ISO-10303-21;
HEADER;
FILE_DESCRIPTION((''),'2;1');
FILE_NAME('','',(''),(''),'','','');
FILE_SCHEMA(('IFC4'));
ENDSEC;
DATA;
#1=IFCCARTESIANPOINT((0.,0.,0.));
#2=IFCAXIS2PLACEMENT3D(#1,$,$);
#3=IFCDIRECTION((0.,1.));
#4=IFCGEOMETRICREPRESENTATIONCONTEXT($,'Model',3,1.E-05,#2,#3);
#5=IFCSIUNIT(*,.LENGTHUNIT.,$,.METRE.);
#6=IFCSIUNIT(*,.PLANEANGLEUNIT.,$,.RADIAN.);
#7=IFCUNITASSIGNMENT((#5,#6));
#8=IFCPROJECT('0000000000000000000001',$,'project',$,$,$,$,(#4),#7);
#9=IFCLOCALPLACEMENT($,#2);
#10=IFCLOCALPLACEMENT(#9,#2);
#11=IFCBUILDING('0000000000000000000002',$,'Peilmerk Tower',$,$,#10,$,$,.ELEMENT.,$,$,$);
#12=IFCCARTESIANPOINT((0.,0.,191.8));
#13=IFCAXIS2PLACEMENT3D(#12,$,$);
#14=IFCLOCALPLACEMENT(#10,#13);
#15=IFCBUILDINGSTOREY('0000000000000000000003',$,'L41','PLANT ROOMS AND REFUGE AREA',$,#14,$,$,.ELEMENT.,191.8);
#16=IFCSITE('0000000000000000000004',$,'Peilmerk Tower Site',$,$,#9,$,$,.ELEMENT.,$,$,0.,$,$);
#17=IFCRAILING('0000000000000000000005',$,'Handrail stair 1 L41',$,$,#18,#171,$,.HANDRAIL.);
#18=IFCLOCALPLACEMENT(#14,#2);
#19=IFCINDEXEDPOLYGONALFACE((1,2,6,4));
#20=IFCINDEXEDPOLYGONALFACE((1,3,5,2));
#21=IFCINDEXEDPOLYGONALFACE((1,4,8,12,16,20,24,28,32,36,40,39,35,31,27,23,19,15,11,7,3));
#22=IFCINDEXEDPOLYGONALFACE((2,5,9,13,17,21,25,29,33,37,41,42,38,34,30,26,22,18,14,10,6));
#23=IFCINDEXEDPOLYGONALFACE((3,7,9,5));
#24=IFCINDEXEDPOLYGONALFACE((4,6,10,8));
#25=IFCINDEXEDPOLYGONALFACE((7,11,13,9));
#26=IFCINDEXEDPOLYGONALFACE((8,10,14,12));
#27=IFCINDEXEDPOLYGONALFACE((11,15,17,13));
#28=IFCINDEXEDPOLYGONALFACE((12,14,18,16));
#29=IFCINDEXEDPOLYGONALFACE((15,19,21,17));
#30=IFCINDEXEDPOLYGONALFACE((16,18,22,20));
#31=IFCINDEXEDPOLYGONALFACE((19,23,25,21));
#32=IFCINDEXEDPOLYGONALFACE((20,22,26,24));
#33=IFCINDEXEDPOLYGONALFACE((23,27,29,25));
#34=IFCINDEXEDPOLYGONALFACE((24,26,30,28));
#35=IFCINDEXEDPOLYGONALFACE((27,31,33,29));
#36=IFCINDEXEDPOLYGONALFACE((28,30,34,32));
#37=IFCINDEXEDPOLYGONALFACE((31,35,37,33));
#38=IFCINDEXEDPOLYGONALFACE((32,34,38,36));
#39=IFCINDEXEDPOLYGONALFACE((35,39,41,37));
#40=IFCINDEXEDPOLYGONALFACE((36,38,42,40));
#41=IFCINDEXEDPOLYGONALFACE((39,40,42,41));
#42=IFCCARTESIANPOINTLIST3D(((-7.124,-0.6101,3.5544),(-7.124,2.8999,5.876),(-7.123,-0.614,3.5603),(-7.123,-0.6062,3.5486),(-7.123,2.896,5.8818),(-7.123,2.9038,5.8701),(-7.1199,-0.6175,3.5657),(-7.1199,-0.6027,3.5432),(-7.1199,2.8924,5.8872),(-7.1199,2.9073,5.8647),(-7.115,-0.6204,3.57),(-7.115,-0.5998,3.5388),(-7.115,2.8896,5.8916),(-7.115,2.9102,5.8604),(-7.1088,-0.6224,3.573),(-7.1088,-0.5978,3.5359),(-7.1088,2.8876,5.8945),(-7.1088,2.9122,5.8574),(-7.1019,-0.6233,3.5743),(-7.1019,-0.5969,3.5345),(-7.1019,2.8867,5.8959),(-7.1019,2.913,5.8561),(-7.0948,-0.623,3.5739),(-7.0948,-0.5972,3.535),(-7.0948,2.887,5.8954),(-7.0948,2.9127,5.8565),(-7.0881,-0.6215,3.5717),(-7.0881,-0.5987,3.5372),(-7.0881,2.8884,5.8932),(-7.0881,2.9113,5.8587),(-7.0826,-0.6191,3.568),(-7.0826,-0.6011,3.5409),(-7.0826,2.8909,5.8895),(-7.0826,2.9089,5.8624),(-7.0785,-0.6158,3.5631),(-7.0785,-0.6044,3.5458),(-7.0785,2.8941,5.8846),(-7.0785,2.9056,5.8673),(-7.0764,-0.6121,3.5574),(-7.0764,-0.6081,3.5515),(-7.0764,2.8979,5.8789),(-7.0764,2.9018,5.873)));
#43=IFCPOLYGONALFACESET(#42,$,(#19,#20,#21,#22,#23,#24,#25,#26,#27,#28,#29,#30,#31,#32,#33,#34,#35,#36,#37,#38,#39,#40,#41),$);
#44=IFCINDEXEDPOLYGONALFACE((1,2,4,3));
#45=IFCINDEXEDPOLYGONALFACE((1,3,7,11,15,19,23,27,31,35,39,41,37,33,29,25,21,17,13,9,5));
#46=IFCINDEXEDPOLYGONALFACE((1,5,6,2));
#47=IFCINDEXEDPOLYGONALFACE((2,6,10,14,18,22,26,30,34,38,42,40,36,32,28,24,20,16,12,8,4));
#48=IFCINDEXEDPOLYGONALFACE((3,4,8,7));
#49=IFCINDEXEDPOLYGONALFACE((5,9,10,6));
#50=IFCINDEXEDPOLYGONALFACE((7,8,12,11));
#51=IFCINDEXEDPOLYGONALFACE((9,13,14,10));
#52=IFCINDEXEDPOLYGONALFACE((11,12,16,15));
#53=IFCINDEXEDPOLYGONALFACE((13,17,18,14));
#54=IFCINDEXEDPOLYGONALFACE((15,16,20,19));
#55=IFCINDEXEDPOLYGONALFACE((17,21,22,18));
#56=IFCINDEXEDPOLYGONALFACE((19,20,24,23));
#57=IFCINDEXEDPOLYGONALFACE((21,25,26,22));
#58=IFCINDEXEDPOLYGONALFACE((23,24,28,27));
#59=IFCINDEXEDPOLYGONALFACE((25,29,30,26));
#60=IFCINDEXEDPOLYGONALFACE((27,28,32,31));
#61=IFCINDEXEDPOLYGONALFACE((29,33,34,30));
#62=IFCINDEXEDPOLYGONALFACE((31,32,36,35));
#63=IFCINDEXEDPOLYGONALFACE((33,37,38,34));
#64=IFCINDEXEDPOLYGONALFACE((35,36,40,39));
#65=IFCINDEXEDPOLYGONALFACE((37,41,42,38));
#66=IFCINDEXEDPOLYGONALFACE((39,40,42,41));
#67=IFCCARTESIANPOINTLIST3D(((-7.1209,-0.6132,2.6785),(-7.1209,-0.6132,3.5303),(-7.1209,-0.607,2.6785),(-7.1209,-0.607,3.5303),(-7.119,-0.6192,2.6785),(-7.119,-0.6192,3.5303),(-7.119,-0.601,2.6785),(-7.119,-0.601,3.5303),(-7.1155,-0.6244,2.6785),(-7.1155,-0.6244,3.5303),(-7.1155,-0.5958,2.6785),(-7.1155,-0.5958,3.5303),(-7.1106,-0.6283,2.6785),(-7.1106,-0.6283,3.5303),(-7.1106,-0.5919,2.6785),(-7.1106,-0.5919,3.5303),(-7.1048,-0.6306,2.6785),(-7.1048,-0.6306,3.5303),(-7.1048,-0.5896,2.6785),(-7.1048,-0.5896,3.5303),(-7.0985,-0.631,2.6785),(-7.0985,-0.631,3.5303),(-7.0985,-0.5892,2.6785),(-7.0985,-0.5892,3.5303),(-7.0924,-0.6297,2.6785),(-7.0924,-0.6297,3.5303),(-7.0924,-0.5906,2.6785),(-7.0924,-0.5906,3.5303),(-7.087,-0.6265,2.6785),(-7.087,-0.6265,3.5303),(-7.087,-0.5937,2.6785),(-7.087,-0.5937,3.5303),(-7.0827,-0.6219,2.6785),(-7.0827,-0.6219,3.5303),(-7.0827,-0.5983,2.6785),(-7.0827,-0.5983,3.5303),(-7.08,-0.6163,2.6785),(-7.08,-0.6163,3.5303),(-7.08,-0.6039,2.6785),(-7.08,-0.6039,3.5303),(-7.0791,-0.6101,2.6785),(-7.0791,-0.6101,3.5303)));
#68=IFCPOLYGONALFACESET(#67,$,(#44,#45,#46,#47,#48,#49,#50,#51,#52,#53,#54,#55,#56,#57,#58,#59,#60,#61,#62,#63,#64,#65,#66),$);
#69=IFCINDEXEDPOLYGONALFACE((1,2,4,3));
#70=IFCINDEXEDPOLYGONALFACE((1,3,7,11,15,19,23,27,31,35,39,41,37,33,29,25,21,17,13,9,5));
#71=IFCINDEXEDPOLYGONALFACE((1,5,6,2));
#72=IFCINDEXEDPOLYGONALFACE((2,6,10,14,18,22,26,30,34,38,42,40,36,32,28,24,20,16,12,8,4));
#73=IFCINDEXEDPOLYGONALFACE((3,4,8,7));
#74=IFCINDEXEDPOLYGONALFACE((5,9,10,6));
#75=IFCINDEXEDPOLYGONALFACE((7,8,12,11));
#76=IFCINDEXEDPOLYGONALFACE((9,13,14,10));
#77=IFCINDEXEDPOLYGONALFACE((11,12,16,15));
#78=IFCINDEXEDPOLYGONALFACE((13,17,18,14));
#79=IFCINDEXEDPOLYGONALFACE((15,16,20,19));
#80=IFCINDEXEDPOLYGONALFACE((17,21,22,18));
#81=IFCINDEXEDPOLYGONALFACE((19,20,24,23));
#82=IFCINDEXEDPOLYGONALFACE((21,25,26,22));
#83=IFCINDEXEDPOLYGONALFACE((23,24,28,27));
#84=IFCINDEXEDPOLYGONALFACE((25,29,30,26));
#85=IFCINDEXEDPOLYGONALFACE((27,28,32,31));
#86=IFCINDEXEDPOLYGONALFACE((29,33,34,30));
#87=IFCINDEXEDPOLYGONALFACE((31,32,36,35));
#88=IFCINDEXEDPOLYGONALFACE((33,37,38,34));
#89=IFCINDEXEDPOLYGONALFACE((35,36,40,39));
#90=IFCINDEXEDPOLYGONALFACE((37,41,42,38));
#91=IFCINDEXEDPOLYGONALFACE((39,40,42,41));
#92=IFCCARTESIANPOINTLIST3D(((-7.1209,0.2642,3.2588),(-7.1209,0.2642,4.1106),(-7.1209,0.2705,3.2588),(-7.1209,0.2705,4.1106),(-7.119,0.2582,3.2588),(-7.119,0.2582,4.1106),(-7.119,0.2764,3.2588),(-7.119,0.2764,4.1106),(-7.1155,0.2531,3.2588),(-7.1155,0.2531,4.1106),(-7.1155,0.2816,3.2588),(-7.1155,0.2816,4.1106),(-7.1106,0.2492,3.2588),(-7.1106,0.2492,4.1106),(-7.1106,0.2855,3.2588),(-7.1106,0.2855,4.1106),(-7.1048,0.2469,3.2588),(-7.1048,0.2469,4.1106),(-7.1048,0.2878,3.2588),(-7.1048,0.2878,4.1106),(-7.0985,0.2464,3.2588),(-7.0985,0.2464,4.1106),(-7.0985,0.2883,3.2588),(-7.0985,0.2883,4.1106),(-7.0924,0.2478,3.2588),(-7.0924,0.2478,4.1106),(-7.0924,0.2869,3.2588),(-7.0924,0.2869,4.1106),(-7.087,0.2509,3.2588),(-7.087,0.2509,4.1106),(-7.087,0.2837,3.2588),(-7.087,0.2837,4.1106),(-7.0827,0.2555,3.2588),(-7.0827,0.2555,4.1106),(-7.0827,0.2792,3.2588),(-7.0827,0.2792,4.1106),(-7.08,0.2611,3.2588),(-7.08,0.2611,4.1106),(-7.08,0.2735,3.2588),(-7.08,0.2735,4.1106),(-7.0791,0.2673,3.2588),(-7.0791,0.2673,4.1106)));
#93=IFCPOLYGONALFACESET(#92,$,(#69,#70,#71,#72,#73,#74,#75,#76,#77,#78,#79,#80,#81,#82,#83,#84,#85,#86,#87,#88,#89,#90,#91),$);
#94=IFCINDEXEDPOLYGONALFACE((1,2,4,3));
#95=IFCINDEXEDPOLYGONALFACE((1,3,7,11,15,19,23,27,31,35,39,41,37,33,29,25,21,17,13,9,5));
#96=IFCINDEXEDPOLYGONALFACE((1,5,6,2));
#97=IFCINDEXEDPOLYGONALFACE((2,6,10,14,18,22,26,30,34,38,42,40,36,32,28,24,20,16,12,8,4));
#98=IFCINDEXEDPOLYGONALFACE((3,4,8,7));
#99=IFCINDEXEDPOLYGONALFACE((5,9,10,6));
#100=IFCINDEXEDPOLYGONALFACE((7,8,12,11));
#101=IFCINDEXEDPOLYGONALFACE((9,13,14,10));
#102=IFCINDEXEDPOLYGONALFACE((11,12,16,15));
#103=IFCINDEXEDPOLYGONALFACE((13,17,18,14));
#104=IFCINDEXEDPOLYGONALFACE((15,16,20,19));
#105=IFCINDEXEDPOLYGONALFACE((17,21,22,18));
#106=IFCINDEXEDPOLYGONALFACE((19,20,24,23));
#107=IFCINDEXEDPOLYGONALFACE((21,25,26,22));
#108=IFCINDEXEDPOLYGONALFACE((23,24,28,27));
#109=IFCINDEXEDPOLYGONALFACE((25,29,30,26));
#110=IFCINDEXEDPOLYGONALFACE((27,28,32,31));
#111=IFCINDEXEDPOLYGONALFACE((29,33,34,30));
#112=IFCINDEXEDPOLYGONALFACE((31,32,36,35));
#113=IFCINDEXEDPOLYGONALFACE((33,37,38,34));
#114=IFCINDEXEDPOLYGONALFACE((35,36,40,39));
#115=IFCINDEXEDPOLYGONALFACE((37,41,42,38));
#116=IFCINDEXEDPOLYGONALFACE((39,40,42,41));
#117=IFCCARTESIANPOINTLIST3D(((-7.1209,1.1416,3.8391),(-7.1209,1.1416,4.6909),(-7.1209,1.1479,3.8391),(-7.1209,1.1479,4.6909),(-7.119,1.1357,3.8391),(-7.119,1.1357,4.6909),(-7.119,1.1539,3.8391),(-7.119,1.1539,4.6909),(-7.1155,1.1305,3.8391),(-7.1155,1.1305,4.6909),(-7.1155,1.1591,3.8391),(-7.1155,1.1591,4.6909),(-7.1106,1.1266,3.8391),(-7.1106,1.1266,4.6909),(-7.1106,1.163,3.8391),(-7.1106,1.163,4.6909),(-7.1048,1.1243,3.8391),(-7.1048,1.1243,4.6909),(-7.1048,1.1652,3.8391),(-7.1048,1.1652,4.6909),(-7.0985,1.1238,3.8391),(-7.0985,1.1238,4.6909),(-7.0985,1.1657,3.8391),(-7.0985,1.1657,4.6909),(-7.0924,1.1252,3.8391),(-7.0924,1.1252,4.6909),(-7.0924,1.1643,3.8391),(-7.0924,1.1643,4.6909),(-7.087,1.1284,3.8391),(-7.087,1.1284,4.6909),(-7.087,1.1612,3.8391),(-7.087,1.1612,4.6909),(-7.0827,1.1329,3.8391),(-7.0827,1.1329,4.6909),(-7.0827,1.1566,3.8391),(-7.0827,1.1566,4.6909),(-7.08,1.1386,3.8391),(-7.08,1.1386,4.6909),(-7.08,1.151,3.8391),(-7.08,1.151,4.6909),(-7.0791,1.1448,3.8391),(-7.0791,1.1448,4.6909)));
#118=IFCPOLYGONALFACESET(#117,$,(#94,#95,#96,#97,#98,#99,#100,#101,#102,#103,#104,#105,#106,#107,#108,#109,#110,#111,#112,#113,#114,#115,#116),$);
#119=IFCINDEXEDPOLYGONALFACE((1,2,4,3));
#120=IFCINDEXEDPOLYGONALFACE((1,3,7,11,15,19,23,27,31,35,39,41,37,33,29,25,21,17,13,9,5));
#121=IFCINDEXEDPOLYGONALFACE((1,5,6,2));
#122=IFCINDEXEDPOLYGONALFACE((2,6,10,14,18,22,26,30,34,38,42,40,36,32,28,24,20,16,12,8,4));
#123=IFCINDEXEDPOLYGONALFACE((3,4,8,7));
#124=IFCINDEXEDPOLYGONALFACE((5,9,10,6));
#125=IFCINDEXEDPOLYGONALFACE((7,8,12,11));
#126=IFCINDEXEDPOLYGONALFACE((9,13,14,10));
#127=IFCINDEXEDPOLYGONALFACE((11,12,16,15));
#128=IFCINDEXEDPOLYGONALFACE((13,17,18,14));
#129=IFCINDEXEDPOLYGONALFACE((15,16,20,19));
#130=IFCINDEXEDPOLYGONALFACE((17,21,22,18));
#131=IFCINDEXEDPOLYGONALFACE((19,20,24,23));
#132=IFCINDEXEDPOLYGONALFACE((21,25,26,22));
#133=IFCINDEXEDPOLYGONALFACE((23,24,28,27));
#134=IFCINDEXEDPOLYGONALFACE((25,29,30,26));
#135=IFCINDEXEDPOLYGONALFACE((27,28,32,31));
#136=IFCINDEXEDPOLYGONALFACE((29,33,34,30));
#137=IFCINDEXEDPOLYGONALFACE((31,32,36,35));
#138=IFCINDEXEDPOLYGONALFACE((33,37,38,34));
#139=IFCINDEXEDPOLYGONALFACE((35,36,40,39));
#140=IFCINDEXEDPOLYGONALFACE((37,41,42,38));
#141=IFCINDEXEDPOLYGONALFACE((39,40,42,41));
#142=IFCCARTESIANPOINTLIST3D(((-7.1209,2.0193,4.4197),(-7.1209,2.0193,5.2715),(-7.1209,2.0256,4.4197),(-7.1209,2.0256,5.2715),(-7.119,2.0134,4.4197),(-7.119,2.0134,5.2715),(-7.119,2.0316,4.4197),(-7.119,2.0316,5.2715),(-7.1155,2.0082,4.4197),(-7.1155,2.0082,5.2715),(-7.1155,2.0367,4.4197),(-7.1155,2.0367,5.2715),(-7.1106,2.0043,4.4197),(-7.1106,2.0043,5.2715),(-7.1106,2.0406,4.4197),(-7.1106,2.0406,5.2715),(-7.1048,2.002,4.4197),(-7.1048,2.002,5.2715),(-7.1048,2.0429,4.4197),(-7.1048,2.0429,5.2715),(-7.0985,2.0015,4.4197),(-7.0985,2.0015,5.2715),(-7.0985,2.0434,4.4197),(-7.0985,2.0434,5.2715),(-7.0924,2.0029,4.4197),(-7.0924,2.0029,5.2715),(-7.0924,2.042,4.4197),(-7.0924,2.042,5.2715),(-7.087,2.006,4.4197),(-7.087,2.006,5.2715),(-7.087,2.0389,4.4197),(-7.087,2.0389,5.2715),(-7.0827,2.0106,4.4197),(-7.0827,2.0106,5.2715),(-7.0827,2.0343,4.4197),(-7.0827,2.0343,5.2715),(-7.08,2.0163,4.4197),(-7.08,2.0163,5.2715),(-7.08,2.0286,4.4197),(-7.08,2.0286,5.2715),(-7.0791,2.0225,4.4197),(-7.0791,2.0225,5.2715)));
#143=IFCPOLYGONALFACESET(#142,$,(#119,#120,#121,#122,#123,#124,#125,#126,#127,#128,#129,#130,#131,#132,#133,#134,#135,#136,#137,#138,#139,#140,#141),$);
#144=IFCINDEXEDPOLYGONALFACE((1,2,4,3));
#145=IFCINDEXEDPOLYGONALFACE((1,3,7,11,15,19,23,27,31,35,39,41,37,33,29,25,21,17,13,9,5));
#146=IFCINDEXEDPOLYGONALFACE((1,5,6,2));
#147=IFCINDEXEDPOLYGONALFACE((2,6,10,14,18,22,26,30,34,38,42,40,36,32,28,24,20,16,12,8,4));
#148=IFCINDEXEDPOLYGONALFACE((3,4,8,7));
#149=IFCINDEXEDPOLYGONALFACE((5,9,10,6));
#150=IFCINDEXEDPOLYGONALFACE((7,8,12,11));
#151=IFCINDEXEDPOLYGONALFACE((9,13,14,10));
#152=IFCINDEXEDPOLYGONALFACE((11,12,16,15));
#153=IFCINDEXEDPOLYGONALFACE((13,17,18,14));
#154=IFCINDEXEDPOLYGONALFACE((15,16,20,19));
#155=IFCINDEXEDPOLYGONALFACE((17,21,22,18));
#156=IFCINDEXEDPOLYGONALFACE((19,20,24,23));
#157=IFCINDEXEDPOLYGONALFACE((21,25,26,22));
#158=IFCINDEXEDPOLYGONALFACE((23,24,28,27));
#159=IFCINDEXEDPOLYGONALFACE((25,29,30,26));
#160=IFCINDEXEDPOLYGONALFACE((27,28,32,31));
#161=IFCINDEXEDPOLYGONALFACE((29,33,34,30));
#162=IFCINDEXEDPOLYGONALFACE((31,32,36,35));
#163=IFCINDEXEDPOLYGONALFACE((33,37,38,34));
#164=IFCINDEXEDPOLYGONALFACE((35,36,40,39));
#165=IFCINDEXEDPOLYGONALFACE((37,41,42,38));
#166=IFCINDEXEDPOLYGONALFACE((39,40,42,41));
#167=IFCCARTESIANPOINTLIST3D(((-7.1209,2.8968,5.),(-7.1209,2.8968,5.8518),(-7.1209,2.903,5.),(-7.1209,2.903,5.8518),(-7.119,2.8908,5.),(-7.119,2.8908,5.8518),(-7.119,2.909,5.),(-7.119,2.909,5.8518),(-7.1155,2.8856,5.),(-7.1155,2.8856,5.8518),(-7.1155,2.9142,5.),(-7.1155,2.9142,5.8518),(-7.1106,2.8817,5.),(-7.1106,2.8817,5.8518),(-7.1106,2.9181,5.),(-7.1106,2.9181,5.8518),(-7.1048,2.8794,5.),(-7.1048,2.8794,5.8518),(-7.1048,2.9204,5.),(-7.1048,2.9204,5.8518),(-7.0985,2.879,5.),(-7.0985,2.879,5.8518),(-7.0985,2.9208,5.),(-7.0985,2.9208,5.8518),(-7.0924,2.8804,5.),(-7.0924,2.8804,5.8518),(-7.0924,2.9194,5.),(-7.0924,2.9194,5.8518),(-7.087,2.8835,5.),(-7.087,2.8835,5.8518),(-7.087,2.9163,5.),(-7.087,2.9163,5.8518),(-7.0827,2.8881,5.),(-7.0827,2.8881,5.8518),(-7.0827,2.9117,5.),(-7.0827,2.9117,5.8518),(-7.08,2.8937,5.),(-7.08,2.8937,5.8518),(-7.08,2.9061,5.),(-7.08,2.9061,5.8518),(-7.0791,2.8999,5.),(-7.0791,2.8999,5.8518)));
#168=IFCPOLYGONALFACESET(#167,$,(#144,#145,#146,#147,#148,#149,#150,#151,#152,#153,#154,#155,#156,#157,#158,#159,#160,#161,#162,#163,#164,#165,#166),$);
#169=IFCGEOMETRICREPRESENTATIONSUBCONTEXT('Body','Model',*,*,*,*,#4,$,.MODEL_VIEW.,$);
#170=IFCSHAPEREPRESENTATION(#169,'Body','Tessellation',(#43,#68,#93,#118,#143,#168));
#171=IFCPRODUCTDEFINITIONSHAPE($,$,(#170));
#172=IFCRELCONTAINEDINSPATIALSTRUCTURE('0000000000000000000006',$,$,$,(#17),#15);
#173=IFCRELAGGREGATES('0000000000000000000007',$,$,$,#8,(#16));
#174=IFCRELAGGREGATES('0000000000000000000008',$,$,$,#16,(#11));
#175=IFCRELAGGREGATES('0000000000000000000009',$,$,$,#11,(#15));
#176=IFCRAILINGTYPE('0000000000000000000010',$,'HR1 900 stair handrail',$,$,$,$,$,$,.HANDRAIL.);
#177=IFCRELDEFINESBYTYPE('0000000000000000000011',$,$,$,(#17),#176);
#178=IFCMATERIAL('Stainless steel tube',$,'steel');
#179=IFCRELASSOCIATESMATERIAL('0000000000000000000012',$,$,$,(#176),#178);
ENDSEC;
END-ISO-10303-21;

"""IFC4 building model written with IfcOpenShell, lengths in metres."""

from ifc_helpers import new_model, si_unit, direction, frame, origin, origin_2d, place, context, subcontext, project, spatial, circle, extrude, material, type_object, element, save


model = new_model("IFC4")

# Units and contexts
model_context = context("Model", 3, precision=1e-05, world=origin(), true_north=direction((0.0, 1.0)))
body_context = subcontext(model_context, "Body", "Model", "MODEL_VIEW")
ifc_project = project(units=[si_unit("LENGTHUNIT", "METRE"), si_unit("PLANEANGLEUNIT", "RADIAN")], contexts=[model_context])

# Site, building, storey
site_placement = place(None, origin())
site = spatial("IfcSite", under=ifc_project, at=site_placement, Name="Peilmerk Tower Site", CompositionType="ELEMENT", RefElevation=0.0)
building_placement = place(site_placement, origin())
building = spatial("IfcBuilding", under=site, at=building_placement, Name="Peilmerk Tower", CompositionType="ELEMENT")
storey_placement = place(building_placement, frame((0.0, 0.0, 191.8)))
storey = spatial("IfcBuildingStorey", under=building, at=storey_placement, Name="L41", Description="PLANT ROOMS AND REFUGE AREA", CompositionType="ELEMENT", Elevation=191.8)

# Railing
ifc_material_1 = material(Name="Stainless steel tube", Category="steel")
railing_type_1 = type_object("IfcRailingType", Name="HR1 900 stair handrail", PredefinedType="HANDRAIL", material=ifc_material_1)
railing_1_placement = place(storey_placement, frame((-7.1001, -0.6101, 2.6785)))
element("IfcRailing", 1, at=railing_1_placement, inside=storey, type_object=railing_type_1, Name="Handrail stair 1 L41", PredefinedType="HANDRAIL", context=body_context, shape_type="SweptSolid", body=[
    extrude(circle(Radius=0.0239, at=origin_2d()), frame((0.0, 0.0, 0.876), z_axis=(0.0, 0.834071, 0.551657), x_axis=(-1.0, 0.0, 0.0)), (0.0, 0.0, 1.0), 4.2083),
    extrude(circle(Radius=0.021, at=origin_2d()), origin(), (0.0, 0.0, 1.0), 0.8518),
    extrude(circle(Radius=0.021, at=origin_2d()), frame((0.0, 0.8774, 0.5803)), (0.0, 0.0, 1.0), 0.8518),
    extrude(circle(Radius=0.021, at=origin_2d()), frame((0.0, 1.7549, 1.1606)), (0.0, 0.0, 1.0), 0.8518),
    extrude(circle(Radius=0.021, at=origin_2d()), frame((0.0, 2.6326, 1.7412)), (0.0, 0.0, 1.0), 0.8518),
    extrude(circle(Radius=0.021, at=origin_2d()), frame((0.0, 3.51, 2.3215)), (0.0, 0.0, 1.0), 0.8518),
])

save(model, "model.ifc")
